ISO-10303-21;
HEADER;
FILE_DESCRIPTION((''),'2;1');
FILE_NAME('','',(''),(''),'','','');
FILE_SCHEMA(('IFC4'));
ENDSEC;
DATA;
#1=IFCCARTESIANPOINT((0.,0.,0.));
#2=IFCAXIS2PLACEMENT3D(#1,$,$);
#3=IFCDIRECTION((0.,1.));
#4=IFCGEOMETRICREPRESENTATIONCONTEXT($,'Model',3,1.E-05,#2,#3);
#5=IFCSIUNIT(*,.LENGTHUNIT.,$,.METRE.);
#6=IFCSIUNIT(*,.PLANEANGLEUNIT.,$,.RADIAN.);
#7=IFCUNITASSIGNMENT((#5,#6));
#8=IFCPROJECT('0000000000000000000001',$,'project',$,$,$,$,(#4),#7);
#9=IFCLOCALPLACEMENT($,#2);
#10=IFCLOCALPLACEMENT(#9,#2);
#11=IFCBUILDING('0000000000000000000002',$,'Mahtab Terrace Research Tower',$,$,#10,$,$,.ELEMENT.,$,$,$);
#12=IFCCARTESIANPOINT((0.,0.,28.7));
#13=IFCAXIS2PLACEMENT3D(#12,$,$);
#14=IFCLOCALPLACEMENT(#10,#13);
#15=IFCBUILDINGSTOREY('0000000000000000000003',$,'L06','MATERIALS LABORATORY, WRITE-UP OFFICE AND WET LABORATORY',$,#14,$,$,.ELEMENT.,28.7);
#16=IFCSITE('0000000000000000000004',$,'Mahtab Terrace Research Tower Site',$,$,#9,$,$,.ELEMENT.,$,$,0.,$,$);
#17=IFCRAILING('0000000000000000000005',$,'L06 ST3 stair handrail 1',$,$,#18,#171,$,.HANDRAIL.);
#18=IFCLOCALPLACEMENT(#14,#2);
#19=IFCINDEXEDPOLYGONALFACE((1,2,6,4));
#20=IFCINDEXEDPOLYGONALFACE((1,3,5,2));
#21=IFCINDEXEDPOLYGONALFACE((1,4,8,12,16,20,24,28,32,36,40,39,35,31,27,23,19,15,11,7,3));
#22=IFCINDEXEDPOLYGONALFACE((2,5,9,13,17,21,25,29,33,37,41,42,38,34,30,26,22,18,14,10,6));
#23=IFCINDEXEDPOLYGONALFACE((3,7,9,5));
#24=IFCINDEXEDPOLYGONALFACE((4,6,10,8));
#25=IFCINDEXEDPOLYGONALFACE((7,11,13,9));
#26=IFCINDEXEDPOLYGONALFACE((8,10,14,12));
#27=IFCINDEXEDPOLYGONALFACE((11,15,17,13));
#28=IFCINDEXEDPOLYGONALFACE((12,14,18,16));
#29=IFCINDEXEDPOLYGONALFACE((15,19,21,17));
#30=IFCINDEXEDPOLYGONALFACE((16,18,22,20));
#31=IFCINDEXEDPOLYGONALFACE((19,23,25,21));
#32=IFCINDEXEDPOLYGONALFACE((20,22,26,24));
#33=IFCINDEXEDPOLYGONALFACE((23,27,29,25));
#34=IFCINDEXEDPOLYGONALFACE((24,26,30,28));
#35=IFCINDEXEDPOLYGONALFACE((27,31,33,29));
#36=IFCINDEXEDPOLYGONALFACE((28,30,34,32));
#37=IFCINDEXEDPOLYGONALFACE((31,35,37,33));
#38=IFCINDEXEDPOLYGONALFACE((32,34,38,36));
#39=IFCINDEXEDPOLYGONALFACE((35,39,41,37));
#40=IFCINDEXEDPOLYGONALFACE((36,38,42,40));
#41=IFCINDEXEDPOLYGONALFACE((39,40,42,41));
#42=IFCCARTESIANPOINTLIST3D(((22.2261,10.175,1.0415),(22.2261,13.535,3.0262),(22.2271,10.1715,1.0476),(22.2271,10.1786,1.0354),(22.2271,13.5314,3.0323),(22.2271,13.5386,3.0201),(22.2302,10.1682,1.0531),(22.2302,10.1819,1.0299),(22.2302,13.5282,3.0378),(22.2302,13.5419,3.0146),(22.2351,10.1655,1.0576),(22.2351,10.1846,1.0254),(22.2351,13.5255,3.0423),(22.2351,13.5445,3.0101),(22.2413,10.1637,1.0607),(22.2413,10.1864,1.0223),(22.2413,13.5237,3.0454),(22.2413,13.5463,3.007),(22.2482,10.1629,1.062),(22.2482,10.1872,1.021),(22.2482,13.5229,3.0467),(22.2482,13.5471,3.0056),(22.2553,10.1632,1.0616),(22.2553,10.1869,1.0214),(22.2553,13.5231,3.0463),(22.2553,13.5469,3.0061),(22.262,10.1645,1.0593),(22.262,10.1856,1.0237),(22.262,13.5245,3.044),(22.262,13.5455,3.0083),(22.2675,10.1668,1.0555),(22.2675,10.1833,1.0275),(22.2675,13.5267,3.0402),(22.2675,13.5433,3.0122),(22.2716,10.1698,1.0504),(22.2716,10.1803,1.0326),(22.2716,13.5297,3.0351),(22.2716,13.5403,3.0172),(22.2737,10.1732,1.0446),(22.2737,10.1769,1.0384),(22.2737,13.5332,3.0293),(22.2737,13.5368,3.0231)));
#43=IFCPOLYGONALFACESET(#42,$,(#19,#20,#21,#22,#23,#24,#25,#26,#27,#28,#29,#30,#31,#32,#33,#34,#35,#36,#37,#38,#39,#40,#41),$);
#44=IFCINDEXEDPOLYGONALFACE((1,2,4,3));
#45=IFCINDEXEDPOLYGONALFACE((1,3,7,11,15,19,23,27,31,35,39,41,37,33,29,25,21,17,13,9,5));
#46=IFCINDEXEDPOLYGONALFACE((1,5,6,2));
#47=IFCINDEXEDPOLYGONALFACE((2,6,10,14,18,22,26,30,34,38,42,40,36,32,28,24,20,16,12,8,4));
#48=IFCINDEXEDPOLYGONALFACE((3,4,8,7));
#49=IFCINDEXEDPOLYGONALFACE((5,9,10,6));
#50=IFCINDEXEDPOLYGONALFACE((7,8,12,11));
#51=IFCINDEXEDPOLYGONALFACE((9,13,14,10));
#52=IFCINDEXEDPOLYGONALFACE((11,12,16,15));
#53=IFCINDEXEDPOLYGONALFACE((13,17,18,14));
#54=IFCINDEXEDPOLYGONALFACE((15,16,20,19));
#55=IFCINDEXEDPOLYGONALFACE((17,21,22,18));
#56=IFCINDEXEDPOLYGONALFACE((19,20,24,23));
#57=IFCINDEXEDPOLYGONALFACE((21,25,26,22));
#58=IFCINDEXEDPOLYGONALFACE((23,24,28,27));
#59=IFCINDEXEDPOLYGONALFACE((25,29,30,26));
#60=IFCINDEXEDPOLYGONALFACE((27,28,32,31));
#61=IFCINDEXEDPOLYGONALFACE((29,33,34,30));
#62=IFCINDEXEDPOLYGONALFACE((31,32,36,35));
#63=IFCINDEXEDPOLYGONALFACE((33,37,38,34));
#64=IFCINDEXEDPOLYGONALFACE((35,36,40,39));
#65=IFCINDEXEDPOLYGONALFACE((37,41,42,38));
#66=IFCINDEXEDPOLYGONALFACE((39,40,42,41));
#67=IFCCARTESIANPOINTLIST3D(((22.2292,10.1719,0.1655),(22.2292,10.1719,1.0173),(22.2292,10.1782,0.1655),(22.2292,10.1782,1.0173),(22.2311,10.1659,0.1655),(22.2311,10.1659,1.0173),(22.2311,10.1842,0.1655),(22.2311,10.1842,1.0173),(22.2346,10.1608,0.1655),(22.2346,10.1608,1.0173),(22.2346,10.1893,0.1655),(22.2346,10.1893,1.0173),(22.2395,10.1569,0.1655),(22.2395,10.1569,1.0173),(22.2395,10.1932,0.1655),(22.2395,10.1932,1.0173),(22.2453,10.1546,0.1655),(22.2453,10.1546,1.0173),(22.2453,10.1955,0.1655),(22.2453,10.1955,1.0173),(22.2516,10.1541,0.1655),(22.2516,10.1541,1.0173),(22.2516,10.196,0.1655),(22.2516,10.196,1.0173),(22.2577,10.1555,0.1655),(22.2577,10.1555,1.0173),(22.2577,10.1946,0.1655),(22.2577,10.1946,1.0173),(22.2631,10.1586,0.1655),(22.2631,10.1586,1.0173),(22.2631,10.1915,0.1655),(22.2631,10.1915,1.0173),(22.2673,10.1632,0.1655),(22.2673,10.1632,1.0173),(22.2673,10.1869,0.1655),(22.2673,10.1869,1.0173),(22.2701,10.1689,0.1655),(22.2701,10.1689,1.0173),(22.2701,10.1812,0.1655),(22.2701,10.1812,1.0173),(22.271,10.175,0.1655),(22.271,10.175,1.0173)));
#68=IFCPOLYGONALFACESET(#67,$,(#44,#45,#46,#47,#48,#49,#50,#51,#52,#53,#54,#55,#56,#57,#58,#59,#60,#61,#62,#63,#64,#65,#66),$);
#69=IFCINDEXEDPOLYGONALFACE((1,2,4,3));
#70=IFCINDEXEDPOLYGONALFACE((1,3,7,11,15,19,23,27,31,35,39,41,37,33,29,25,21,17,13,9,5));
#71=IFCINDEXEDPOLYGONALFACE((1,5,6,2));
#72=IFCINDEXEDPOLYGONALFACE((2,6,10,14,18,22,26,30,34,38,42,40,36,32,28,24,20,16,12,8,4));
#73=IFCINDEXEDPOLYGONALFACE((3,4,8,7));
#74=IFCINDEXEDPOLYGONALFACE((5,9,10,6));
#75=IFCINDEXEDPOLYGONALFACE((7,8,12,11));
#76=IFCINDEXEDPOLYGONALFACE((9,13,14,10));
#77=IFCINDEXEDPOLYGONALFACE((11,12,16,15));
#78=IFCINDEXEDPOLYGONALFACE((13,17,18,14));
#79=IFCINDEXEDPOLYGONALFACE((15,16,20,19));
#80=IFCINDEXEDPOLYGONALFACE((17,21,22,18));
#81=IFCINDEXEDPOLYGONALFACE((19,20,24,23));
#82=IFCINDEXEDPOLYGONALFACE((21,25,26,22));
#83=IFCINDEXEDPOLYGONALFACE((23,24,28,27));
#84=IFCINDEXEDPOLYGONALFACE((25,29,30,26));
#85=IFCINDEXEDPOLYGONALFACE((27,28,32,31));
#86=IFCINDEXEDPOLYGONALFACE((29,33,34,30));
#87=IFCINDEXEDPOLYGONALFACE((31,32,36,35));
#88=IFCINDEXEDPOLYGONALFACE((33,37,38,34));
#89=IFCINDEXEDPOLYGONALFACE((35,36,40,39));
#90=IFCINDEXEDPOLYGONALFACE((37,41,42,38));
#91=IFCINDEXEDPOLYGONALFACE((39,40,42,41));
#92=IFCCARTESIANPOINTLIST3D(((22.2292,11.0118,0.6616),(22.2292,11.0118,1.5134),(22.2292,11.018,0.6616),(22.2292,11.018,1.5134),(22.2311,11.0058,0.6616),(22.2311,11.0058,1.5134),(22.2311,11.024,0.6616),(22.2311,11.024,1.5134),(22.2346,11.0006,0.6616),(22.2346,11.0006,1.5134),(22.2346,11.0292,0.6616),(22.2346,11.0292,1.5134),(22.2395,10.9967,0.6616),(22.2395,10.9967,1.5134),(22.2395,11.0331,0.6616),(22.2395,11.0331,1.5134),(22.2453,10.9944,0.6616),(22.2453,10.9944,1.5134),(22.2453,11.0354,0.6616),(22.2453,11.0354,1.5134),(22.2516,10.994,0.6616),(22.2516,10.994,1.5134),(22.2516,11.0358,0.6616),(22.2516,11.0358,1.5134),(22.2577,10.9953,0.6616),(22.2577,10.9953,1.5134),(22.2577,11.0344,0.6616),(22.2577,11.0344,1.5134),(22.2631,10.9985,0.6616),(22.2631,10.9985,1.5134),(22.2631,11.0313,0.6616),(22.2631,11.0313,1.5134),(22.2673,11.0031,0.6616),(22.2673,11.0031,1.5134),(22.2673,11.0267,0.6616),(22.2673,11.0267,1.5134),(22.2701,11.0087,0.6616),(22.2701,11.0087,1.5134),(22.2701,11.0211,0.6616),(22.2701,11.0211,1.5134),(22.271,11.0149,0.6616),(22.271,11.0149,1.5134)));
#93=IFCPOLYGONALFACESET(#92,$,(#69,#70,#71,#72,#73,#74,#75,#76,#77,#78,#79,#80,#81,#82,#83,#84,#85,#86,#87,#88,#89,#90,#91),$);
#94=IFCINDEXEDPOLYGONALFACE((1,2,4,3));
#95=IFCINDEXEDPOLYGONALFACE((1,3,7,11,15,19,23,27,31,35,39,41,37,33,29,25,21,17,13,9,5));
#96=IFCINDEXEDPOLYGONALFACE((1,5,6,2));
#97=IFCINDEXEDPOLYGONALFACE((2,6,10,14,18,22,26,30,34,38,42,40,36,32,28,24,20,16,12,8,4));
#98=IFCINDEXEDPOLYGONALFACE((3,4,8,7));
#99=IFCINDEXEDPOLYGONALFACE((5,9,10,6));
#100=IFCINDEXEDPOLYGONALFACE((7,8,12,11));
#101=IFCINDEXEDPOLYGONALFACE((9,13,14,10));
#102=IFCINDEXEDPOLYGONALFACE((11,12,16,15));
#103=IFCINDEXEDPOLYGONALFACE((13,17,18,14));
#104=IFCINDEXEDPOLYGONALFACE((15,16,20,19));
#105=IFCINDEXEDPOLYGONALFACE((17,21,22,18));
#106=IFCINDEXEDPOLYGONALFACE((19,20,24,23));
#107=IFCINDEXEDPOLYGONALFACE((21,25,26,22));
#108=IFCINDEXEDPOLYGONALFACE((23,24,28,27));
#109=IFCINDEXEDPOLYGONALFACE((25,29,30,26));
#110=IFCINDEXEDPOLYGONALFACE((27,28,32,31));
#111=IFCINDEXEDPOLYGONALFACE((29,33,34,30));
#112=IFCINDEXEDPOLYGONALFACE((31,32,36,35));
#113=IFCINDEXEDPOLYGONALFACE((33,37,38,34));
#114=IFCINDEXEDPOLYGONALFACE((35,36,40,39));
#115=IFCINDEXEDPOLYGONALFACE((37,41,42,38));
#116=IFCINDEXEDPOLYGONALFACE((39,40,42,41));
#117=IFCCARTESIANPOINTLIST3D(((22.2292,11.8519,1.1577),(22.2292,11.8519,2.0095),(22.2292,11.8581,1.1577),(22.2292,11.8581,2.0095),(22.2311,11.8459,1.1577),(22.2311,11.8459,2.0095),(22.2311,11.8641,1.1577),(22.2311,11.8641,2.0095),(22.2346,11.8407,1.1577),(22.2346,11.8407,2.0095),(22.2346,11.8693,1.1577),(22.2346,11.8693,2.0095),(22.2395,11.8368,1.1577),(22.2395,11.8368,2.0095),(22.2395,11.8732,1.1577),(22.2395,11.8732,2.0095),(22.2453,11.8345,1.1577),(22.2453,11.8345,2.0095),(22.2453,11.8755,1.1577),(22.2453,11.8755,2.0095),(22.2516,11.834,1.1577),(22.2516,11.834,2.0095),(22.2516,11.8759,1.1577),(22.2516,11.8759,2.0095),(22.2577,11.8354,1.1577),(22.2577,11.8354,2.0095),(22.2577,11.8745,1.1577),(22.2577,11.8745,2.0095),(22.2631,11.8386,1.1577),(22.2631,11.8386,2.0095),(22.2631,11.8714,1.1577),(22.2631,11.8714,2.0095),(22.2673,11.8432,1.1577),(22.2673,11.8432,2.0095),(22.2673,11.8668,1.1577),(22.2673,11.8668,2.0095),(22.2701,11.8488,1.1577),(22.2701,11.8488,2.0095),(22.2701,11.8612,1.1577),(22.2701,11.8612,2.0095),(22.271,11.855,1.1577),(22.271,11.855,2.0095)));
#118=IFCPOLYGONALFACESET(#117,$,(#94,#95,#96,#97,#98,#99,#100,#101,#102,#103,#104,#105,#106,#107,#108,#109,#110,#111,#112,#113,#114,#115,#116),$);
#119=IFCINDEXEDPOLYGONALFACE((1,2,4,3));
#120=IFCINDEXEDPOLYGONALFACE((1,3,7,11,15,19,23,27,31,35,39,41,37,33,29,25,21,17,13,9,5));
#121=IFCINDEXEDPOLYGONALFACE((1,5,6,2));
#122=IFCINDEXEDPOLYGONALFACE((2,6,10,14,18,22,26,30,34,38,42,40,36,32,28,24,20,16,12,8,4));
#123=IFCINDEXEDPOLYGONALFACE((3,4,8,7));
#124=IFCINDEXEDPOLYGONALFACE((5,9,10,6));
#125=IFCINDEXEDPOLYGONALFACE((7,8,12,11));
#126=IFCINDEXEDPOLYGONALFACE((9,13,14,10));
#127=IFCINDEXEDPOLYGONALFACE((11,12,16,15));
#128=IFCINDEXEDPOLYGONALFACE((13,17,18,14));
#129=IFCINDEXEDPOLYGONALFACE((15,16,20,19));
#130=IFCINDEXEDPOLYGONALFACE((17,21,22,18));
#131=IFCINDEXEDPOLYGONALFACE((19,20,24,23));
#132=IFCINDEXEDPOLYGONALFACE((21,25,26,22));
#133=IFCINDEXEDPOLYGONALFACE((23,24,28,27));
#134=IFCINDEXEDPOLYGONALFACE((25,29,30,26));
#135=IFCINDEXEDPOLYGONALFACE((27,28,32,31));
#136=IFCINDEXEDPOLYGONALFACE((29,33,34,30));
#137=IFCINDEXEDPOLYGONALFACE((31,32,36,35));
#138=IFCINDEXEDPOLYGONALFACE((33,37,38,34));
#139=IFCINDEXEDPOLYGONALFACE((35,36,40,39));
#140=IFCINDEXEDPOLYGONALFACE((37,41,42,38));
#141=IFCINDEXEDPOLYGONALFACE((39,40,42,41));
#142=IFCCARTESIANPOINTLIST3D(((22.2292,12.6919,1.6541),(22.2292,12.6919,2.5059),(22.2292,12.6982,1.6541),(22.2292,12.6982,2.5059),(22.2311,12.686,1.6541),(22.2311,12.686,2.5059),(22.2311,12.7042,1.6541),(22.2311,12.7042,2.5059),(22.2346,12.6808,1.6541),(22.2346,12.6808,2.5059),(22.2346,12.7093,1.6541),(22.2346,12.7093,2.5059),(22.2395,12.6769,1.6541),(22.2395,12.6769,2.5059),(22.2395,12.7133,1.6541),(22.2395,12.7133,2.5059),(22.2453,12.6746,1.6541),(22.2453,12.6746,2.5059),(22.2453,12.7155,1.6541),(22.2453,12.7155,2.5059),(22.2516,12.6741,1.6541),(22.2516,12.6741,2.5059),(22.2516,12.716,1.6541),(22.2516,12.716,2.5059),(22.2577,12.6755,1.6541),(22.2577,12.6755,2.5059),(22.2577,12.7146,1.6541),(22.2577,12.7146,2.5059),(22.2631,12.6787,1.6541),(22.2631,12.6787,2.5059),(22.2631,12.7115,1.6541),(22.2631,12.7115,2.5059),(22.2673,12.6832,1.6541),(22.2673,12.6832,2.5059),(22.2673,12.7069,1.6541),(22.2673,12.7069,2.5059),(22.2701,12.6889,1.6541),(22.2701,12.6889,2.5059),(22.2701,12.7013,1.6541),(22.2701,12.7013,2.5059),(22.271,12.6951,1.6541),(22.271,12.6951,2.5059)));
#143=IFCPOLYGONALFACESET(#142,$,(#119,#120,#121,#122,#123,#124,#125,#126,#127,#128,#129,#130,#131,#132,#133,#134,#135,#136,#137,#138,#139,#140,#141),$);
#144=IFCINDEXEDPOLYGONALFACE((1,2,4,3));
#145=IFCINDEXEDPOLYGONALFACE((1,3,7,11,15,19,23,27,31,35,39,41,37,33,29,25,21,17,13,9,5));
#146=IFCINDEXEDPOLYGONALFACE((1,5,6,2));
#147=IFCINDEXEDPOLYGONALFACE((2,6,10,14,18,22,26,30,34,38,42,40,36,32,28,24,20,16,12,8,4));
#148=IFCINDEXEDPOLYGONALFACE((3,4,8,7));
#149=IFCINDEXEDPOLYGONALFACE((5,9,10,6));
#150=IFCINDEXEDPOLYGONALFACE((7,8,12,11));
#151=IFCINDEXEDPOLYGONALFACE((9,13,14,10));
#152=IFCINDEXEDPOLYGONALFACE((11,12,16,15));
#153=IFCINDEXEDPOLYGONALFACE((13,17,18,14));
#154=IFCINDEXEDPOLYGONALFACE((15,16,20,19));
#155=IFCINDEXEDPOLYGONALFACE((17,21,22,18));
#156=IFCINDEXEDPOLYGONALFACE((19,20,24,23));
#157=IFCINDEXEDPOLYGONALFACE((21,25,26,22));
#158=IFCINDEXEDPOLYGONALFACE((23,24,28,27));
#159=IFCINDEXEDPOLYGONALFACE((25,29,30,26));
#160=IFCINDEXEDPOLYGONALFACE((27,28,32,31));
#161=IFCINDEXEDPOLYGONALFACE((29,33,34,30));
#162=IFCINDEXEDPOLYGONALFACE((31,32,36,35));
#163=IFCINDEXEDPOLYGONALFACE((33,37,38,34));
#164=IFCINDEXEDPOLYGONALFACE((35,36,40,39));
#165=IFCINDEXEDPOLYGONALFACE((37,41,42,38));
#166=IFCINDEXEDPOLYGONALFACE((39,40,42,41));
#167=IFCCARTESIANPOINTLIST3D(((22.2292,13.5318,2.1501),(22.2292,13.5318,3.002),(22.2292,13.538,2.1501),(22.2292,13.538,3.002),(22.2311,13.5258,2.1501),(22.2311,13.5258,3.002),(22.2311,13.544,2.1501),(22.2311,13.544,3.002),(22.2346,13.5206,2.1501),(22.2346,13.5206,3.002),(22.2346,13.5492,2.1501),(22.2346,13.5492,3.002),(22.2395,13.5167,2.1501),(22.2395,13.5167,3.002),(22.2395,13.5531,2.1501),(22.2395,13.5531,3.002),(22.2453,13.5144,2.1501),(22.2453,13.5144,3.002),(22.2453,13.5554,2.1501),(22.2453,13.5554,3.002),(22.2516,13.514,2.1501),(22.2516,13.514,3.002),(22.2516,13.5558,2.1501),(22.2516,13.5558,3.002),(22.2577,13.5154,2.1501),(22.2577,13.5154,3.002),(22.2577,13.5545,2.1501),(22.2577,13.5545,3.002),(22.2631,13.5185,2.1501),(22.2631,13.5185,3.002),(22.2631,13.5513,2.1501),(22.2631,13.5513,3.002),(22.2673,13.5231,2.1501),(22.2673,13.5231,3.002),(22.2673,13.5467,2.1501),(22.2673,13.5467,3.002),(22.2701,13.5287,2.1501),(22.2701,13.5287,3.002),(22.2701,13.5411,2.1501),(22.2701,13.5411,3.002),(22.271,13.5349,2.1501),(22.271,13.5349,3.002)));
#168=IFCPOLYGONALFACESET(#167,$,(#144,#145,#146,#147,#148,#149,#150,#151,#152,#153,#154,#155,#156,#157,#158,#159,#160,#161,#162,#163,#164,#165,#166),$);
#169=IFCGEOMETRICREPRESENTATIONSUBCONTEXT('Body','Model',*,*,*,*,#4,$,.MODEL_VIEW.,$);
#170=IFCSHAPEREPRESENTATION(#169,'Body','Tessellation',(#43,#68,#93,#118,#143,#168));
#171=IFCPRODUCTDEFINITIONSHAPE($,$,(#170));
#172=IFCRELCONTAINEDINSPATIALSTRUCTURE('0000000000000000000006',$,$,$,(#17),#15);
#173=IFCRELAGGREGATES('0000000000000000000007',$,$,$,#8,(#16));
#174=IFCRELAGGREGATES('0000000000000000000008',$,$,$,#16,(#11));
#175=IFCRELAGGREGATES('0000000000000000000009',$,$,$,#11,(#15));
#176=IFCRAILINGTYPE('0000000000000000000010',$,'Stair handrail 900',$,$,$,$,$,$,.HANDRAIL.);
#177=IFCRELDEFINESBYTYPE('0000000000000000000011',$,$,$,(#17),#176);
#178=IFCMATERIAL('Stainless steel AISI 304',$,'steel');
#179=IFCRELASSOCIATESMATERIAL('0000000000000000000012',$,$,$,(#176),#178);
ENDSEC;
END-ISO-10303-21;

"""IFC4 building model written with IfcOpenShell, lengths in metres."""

from ifc_helpers import new_model, si_unit, direction, frame, origin, origin_2d, place, context, subcontext, project, spatial, circle, extrude, material, type_object, element, save


model = new_model("IFC4")

# Units and contexts
model_context = context("Model", 3, precision=1e-05, world=origin(), true_north=direction((0.0, 1.0)))
body_context = subcontext(model_context, "Body", "Model", "MODEL_VIEW")
ifc_project = project(units=[si_unit("LENGTHUNIT", "METRE"), si_unit("PLANEANGLEUNIT", "RADIAN")], contexts=[model_context])

# Site, building, storey
site_placement = place(None, origin())
site = spatial("IfcSite", under=ifc_project, at=site_placement, Name="Mahtab Terrace Research Tower Site", CompositionType="ELEMENT", RefElevation=0.0)
building_placement = place(site_placement, origin())
building = spatial("IfcBuilding", under=site, at=building_placement, Name="Mahtab Terrace Research Tower", CompositionType="ELEMENT")
storey_placement = place(building_placement, frame((0.0, 0.0, 28.7)))
storey = spatial("IfcBuildingStorey", under=building, at=storey_placement, Name="L06", Description="MATERIALS LABORATORY, WRITE-UP OFFICE AND WET LABORATORY", CompositionType="ELEMENT", Elevation=28.7)

# Shared definitions
ifc_material_1 = material(Name="Stainless steel AISI 304", Category="steel")

# Railing
railing_type_1 = type_object("IfcRailingType", Name="Stair handrail 900", PredefinedType="HANDRAIL", material=ifc_material_1)
railing_1_placement = place(storey_placement, frame((22.25, 10.175, 0.1655)))
element("IfcRailing", 1, at=railing_1_placement, inside=storey, type_object=railing_type_1, Name="L06 ST3 stair handrail 1", PredefinedType="HANDRAIL", context=body_context, shape_type="SweptSolid", body=[
    extrude(circle(Radius=0.0239, at=origin_2d()), frame((0.0, 0.0, 0.876), z_axis=(0.0, 0.861011, 0.508586), x_axis=(-1.0, 0.0, 0.0)), (0.0, 0.0, 1.0), 3.9023),
    extrude(circle(Radius=0.021, at=origin_2d()), origin(), (0.0, 0.0, 1.0), 0.8518),
    extrude(circle(Radius=0.021, at=origin_2d()), frame((0.0, 0.8398, 0.4961)), (0.0, 0.0, 1.0), 0.8518),
    extrude(circle(Radius=0.021, at=origin_2d()), frame((0.0, 1.6799, 0.9922)), (0.0, 0.0, 1.0), 0.8518),
    extrude(circle(Radius=0.021, at=origin_2d()), frame((0.0, 2.52, 1.4885)), (0.0, 0.0, 1.0), 0.8518),
    extrude(circle(Radius=0.021, at=origin_2d()), frame((0.0, 3.3599, 1.9846)), (0.0, 0.0, 1.0), 0.8518),
])

save(model, "model.ifc")
